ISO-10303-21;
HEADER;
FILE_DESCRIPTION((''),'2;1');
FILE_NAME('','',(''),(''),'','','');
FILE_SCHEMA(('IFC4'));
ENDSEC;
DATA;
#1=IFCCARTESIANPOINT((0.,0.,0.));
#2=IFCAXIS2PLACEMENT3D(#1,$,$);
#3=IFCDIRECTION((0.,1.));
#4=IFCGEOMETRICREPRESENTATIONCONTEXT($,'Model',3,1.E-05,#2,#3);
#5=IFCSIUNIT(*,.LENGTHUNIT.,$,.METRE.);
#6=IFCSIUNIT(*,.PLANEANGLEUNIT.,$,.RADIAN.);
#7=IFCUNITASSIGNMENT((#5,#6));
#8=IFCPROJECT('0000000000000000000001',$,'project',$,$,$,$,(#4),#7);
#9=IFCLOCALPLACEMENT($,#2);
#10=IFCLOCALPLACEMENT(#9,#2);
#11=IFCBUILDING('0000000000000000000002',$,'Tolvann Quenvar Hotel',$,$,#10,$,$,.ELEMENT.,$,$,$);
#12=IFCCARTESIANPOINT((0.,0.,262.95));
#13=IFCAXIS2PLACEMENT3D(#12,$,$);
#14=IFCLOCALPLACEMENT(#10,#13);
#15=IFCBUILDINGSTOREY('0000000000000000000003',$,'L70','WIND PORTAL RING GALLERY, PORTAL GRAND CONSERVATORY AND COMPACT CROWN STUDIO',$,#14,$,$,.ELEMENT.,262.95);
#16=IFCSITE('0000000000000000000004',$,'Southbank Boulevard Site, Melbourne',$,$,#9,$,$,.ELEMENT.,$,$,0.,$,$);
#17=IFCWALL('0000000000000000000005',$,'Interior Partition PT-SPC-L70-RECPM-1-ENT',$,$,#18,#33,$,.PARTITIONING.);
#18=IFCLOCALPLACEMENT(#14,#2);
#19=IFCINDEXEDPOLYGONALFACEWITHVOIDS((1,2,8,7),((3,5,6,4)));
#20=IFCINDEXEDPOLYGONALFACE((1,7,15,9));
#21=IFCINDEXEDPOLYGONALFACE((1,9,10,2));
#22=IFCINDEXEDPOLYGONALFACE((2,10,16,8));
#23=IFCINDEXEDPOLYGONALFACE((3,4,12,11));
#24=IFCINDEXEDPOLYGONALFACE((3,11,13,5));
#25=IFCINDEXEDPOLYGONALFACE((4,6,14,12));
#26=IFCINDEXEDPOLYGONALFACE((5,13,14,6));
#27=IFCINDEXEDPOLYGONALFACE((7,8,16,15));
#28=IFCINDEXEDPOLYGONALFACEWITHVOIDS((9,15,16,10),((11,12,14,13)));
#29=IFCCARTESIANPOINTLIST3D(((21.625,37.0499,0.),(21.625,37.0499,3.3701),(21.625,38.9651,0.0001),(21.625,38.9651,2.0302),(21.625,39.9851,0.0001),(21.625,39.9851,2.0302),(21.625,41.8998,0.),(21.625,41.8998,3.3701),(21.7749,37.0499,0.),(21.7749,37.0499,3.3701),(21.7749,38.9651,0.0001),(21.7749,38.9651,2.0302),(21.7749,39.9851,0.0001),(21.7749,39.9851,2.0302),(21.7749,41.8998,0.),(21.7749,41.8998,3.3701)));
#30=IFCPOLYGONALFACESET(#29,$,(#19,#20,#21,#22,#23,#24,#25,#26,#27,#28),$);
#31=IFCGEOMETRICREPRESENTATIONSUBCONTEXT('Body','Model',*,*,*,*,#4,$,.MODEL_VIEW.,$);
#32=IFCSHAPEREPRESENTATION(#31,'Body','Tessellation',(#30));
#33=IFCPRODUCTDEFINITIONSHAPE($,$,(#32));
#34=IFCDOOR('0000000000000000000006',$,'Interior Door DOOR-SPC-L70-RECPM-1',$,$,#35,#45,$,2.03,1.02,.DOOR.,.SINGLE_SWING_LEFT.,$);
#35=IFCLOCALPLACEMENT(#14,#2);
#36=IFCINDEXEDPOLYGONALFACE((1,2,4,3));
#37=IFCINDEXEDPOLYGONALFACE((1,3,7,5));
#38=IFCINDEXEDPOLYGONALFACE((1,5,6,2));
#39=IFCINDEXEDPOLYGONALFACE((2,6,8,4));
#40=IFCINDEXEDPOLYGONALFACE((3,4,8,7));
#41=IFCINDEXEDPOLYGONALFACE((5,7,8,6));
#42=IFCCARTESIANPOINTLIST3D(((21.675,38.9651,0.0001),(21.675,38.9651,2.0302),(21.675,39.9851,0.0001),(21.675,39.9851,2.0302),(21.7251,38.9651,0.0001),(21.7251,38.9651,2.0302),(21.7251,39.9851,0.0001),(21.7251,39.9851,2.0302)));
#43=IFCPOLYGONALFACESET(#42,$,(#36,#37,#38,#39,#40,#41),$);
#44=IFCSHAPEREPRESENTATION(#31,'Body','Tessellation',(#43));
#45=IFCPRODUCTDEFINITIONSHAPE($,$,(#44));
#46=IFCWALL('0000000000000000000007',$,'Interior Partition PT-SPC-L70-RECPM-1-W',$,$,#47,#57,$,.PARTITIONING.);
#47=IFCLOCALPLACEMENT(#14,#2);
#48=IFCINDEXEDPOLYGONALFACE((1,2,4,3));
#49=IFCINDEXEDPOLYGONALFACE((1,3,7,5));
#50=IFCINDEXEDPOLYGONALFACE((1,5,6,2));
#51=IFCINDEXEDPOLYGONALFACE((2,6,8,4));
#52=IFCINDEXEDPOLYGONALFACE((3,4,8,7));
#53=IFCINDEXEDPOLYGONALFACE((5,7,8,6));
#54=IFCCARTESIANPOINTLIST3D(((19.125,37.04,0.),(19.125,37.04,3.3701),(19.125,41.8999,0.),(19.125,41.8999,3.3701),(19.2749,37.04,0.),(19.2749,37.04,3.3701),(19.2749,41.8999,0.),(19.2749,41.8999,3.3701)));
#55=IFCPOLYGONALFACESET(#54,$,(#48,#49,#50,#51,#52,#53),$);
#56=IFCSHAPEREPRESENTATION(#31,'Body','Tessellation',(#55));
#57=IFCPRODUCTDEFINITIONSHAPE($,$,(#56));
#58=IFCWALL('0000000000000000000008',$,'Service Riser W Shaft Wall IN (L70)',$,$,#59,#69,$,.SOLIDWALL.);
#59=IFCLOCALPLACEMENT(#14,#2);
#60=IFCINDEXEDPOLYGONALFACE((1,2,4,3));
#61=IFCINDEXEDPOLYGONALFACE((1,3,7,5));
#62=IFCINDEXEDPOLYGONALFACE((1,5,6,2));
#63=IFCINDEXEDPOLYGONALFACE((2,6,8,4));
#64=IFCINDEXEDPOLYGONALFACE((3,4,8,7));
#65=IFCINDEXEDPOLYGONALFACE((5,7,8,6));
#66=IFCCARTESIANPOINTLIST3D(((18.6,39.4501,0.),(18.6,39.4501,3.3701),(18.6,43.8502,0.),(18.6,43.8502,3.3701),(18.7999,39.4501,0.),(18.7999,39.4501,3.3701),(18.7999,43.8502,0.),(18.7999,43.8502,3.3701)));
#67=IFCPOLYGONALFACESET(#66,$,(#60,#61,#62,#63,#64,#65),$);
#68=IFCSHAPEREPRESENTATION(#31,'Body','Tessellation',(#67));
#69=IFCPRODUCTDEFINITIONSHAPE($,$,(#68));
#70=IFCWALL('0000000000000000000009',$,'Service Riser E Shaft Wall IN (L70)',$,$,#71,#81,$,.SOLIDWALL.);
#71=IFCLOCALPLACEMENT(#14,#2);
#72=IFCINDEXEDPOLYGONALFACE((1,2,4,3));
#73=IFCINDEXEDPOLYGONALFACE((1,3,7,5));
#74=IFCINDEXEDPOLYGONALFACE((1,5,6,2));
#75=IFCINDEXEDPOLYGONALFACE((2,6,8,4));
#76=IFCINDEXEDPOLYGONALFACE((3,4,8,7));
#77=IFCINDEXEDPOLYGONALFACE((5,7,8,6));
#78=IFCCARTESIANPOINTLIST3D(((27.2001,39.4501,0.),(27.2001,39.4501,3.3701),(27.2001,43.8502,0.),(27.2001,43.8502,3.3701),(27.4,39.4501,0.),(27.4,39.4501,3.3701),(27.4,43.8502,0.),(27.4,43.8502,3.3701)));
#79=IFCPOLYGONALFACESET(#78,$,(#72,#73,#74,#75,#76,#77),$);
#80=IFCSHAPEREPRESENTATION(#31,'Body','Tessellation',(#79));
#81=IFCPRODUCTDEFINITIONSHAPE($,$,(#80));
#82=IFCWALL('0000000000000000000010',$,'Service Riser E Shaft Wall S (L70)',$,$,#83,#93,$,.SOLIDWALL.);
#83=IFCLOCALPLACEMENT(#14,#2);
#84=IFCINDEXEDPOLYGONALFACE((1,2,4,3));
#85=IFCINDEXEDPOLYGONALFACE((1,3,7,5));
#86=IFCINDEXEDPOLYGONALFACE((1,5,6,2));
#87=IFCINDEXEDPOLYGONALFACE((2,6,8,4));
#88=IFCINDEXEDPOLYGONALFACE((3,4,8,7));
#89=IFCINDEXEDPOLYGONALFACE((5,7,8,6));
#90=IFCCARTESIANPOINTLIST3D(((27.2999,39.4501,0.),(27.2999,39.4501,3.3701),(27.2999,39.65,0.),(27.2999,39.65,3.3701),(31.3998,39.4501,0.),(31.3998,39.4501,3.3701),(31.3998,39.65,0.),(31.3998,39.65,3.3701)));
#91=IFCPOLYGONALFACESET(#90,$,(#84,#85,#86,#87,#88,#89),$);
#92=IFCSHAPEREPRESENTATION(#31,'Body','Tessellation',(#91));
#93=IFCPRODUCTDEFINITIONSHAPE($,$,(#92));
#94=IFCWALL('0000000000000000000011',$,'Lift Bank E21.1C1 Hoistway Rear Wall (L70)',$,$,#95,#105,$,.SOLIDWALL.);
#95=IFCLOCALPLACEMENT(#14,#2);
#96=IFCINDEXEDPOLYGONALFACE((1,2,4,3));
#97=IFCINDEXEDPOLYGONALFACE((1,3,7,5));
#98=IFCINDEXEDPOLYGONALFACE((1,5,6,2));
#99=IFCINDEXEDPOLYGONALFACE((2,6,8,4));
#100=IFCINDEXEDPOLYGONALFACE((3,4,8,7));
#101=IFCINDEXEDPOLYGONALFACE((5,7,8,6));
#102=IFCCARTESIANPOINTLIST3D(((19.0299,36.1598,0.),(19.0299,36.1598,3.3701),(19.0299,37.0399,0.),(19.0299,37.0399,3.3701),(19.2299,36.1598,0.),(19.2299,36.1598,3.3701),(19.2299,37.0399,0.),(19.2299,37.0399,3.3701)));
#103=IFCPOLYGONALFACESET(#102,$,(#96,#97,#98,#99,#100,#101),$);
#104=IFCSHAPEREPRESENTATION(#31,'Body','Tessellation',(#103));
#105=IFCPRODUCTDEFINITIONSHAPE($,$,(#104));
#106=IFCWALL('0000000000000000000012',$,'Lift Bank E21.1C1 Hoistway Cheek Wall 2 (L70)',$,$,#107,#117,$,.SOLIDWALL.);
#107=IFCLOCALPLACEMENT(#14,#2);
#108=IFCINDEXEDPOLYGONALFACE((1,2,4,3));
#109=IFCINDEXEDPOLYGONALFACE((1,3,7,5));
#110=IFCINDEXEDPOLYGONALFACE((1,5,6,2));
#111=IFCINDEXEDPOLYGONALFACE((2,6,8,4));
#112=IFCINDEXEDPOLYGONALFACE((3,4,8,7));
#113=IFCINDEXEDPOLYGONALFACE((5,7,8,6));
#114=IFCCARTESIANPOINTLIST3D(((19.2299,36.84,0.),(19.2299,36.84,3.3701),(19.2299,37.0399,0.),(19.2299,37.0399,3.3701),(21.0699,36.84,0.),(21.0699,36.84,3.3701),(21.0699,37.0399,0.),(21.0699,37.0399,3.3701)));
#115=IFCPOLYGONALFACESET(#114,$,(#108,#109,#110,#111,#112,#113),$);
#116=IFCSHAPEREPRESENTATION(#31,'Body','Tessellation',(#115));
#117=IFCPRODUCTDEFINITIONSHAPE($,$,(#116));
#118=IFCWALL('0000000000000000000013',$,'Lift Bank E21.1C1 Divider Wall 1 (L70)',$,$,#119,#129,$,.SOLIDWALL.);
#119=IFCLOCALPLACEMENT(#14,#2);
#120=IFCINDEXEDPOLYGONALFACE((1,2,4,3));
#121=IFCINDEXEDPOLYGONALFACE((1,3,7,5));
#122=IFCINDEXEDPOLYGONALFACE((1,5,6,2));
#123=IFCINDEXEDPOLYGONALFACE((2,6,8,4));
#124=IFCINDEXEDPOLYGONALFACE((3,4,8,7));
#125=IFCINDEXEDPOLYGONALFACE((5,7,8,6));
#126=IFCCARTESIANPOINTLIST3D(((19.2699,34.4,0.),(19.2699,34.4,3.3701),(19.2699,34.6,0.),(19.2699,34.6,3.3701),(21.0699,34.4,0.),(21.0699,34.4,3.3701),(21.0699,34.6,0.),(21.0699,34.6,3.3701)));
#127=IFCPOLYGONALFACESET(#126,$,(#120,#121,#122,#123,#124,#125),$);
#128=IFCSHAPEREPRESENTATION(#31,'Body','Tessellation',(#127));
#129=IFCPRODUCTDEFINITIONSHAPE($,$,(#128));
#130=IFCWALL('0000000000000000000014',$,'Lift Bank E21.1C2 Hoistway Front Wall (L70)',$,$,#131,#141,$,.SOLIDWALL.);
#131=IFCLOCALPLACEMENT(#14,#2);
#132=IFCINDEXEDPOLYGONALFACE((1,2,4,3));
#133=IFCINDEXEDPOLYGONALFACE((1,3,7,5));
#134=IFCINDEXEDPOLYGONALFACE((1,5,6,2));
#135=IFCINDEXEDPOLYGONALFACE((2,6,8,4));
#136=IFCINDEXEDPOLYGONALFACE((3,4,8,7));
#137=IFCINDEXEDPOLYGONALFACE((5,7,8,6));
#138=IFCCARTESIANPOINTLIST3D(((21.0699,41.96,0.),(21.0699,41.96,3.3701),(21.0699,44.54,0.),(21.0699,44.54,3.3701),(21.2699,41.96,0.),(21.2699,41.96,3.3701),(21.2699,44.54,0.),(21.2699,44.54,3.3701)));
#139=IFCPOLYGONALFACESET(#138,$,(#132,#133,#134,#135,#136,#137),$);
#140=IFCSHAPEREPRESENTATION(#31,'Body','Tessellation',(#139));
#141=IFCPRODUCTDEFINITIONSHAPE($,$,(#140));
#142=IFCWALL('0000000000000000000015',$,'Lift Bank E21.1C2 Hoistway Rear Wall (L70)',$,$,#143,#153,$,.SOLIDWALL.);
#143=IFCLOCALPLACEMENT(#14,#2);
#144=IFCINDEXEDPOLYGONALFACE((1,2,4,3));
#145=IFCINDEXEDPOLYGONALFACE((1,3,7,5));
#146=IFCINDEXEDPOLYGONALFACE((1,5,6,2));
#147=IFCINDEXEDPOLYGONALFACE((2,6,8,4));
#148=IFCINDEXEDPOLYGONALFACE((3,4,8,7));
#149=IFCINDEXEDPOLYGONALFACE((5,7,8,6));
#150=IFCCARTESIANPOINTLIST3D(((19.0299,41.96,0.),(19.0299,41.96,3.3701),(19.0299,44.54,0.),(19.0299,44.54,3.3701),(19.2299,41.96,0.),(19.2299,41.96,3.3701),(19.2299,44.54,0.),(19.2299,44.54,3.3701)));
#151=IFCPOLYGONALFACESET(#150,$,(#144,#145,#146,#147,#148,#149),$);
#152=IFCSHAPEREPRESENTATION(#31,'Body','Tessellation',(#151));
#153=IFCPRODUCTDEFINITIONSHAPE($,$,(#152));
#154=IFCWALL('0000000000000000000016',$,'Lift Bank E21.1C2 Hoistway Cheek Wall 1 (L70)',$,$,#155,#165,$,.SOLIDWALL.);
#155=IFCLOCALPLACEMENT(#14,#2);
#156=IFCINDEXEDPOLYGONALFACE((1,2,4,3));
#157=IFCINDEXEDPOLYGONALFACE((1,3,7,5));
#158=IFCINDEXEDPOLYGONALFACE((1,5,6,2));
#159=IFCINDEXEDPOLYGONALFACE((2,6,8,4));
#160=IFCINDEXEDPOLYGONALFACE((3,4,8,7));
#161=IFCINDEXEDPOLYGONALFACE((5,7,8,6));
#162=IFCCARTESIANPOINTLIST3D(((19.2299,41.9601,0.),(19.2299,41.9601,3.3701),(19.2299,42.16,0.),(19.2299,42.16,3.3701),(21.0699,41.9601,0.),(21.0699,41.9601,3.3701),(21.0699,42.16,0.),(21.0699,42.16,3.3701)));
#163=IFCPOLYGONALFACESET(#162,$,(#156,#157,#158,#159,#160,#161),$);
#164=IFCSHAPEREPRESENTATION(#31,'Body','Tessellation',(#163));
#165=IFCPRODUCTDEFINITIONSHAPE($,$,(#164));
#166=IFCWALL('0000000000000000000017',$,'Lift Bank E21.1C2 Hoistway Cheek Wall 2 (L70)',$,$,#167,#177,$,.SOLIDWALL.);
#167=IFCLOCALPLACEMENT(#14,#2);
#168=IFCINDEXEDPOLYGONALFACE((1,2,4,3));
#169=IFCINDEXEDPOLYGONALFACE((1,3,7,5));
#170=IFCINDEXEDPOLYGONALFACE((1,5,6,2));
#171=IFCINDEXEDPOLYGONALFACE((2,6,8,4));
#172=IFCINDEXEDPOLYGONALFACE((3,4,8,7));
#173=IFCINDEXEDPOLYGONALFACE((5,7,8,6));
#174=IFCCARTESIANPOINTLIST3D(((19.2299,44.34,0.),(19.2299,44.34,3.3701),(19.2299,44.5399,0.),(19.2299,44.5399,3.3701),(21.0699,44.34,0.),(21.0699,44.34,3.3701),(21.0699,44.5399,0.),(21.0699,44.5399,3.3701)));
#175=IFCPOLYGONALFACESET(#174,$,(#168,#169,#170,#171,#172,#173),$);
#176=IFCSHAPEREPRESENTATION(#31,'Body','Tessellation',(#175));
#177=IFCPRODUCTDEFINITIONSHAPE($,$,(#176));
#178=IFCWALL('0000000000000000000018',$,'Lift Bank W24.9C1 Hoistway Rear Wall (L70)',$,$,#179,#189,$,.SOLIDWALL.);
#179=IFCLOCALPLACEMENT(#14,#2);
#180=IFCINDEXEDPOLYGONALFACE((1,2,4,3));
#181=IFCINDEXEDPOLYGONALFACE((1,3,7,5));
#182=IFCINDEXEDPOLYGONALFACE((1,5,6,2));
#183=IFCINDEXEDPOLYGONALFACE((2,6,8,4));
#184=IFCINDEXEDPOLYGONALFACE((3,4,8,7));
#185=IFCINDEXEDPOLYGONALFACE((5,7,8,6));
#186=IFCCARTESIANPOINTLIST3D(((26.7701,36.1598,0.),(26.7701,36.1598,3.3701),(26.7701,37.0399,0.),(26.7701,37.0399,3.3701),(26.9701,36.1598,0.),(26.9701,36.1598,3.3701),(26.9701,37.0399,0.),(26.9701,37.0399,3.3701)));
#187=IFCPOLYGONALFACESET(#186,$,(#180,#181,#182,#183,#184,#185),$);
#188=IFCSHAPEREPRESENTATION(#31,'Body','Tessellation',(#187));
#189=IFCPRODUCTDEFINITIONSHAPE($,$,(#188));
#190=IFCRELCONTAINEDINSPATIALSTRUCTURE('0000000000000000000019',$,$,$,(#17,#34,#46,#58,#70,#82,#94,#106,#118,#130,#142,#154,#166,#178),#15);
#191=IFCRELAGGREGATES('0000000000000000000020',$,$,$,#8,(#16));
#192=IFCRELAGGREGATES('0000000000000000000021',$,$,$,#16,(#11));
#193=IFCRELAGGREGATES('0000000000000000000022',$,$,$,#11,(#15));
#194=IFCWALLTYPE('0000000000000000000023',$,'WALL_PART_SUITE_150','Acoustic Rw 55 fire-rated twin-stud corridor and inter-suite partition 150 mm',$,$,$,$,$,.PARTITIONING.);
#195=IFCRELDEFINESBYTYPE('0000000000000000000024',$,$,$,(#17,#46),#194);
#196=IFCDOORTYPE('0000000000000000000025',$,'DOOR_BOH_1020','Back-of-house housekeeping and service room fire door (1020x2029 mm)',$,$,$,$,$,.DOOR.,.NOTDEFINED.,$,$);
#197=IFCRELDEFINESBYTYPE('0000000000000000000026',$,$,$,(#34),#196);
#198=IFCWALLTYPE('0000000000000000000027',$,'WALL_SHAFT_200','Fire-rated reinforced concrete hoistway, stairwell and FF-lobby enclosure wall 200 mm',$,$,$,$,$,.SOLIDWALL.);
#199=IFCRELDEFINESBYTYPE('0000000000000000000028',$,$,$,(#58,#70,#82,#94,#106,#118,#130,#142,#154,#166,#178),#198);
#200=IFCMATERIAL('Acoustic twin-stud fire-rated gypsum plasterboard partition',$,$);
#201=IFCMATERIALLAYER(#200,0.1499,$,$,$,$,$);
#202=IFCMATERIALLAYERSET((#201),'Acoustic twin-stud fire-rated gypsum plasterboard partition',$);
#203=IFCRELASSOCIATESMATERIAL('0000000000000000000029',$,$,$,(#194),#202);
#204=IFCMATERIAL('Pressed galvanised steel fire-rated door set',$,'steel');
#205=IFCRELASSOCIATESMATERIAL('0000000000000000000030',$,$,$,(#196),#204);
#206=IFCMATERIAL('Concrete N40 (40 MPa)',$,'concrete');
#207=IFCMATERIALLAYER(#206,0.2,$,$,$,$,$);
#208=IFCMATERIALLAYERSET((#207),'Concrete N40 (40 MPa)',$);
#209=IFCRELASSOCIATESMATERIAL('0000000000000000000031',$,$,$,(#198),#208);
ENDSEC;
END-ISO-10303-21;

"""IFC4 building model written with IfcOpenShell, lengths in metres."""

from ifc_helpers import new_model, si_unit, direction, frame, frame_2d, origin, place, context, subcontext, project, spatial, rectangle, extrude, source, transform, mapped, material, layer, layer_set, type_object, type_shapes, element, fill, save


model = new_model("IFC4")

# Units and contexts
model_context = context("Model", 3, precision=1e-05, world=origin(), true_north=direction((0.0, 1.0)))
body_context = subcontext(model_context, "Body", "Model", "MODEL_VIEW")
ifc_project = project(units=[si_unit("LENGTHUNIT", "METRE"), si_unit("PLANEANGLEUNIT", "RADIAN")], contexts=[model_context])

# Site, building, storey
site_placement = place(None, origin())
site = spatial("IfcSite", under=ifc_project, at=site_placement, Name="Southbank Boulevard Site, Melbourne", CompositionType="ELEMENT", RefElevation=0.0)
building_placement = place(site_placement, origin())
building = spatial("IfcBuilding", under=site, at=building_placement, Name="Tolvann Quenvar Hotel", CompositionType="ELEMENT")
storey_placement = place(building_placement, frame((0.0, 0.0, 262.95)))
storey = spatial("IfcBuildingStorey", under=building, at=storey_placement, Name="L70", Description="WIND PORTAL RING GALLERY, PORTAL GRAND CONSERVATORY AND COMPACT CROWN STUDIO", CompositionType="ELEMENT", Elevation=262.95)

# Wall, opening, door
ifc_material_1 = material(Name="Acoustic twin-stud fire-rated gypsum plasterboard partition")
ifc_layer_1 = layer(ifc_material_1, 0.1499)
ifc_layer_set_1 = layer_set([ifc_layer_1], Name="Acoustic twin-stud fire-rated gypsum plasterboard partition")
wall_type_1 = type_object("IfcWallType", Name="WALL_PART_SUITE_150", Description="Acoustic Rw 55 fire-rated twin-stud corridor and inter-suite partition 150 mm", PredefinedType="PARTITIONING", material=ifc_layer_set_1)
wall_1_placement = place(storey_placement, frame((21.7, 37.05, 0.0), z_axis=(0.0, 0.0, 1.0), x_axis=(0.0, 1.0, 0.0)))
wall_1 = element("IfcWall", 1, at=wall_1_placement, inside=storey, type_object=wall_type_1, Name="Interior Partition PT-SPC-L70-RECPM-1-ENT", PredefinedType="PARTITIONING", context=body_context, shape_type="SweptSolid", body=[
    extrude(rectangle(XDim=4.8499, YDim=0.1499, at=frame_2d((2.4248, 0.0))), origin(), (0.0, 0.0, 1.0), 3.3701),
])
opening_placement = place(wall_1_placement, frame((1.915, 0.0, 0.0)))
opening = element("IfcOpeningElement", 2, at=opening_placement, cuts=wall_1, PredefinedType="OPENING", context=body_context, shape_type="SweptSolid", body=[
    extrude(rectangle(XDim=1.02, YDim=2.03, at=frame_2d((0.51, 1.0151))), frame((0.0, 0.085, 0.0), z_axis=(0.0, -1.0, 0.0), x_axis=(1.0, 0.0, 0.0)), (0.0, 0.0, 1.0), 0.1699),
])
ifc_material_2 = material(Name="Pressed galvanised steel fire-rated door set", Category="steel")
door_type = type_object("IfcDoorType", Name="DOOR_BOH_1020", Description="Back-of-house housekeeping and service room fire door (1020x2029 mm)", OperationType="NOTDEFINED", PredefinedType="DOOR", material=ifc_material_2)
shared_shape = source(origin(), body_context, "Body", "SweptSolid", [
    extrude(rectangle(XDim=1.02, YDim=2.03, at=frame_2d((0.51, 1.0151))), frame((0.0, 0.0249, 0.0), z_axis=(0.0, -1.0, 0.0), x_axis=(1.0, 0.0, 0.0)), (0.0, 0.0, 1.0), 0.05),
])
type_shapes(door_type, [shared_shape])
door_placement = place(opening_placement, origin())
door = element("IfcDoor", 3, at=door_placement, inside=storey, type_object=door_type, Name="Interior Door DOOR-SPC-L70-RECPM-1", OperationType="SINGLE_SWING_LEFT", OverallHeight=2.03, OverallWidth=1.02, PredefinedType="DOOR", context=body_context, shape_type="MappedRepresentation", body=[
    mapped(shared_shape, transform((0.0, 0.0, 0.0), x_axis=(1.0, 0.0, 0.0), y_axis=(0.0, 1.0, 0.0), z_axis=(0.0, 0.0, 1.0), scale=1.0)),
])
fill(opening, door)

# Walls
wall_2_placement = place(storey_placement, frame((19.2, 37.04, 0.0), z_axis=(0.0, 0.0, 1.0), x_axis=(0.0, 1.0, 0.0)))
element("IfcWall", 4, at=wall_2_placement, inside=storey, type_object=wall_type_1, Name="Interior Partition PT-SPC-L70-RECPM-1-W", PredefinedType="PARTITIONING", context=body_context, shape_type="SweptSolid", body=[
    extrude(rectangle(XDim=4.8599, YDim=0.1499, at=frame_2d((2.4299, 0.0))), origin(), (0.0, 0.0, 1.0), 3.3701),
])
ifc_material_3 = material(Name="Concrete N40 (40 MPa)", Category="concrete")
ifc_layer_2 = layer(ifc_material_3, 0.2)
ifc_layer_set_2 = layer_set([ifc_layer_2], Name="Concrete N40 (40 MPa)")
wall_type_2 = type_object("IfcWallType", Name="WALL_SHAFT_200", Description="Fire-rated reinforced concrete hoistway, stairwell and FF-lobby enclosure wall 200 mm", PredefinedType="SOLIDWALL", material=ifc_layer_set_2)
for number, where, z_axis, x_axis, name in (
    (5, (18.7, 39.45, 0.0), (0.0, 0.0, 1.0), (0.0, 1.0, 0.0), "Service Riser W Shaft Wall IN (L70)"),
    (6, (27.3, 39.45, 0.0), (0.0, 0.0, 1.0), (0.0, 1.0, 0.0), "Service Riser E Shaft Wall IN (L70)"),
):
    element("IfcWall", number, at=place(storey_placement, frame(where, z_axis=z_axis, x_axis=x_axis)), inside=storey, type_object=wall_type_2, Name=name, PredefinedType="SOLIDWALL", context=body_context, shape_type="SweptSolid", body=[
        extrude(rectangle(XDim=4.4001, YDim=0.2, at=frame_2d((2.2002, 0.0))), origin(), (0.0, 0.0, 1.0), 3.3701),
    ])
wall_3_placement = place(storey_placement, frame((27.3, 39.55, 0.0), z_axis=(0.0, 0.0, 1.0), x_axis=(1.0, 0.0, 0.0)))
element("IfcWall", 7, at=wall_3_placement, inside=storey, type_object=wall_type_2, Name="Service Riser E Shaft Wall S (L70)", PredefinedType="SOLIDWALL", context=body_context, shape_type="SweptSolid", body=[
    extrude(rectangle(XDim=4.0999, YDim=0.2, at=frame_2d((2.0498, 0.0))), origin(), (0.0, 0.0, 1.0), 3.3701),
])
wall_4_placement = place(storey_placement, frame((19.1299, 36.1599, 0.0), z_axis=(0.0, 0.0, 1.0), x_axis=(0.0, 1.0, 0.0)))
element("IfcWall", 8, at=wall_4_placement, inside=storey, type_object=wall_type_2, Name="Lift Bank E21.1C1 Hoistway Rear Wall (L70)", PredefinedType="SOLIDWALL", context=body_context, shape_type="SweptSolid", body=[
    extrude(rectangle(XDim=0.8801, YDim=0.2, at=frame_2d((0.4399, 0.0))), origin(), (0.0, 0.0, 1.0), 3.3701),
])
wall_5_placement = place(storey_placement, frame((19.23, 36.9399, 0.0), z_axis=(0.0, 0.0, 1.0), x_axis=(1.0, 0.0, 0.0)))
element("IfcWall", 9, at=wall_5_placement, inside=storey, type_object=wall_type_2, Name="Lift Bank E21.1C1 Hoistway Cheek Wall 2 (L70)", PredefinedType="SOLIDWALL", context=body_context, shape_type="SweptSolid", body=[
    extrude(rectangle(XDim=1.8401, YDim=0.2, at=frame_2d((0.9199, 0.0))), origin(), (0.0, 0.0, 1.0), 3.3701),
])
wall_6_placement = place(storey_placement, frame((19.27, 34.5, 0.0), z_axis=(0.0, 0.0, 1.0), x_axis=(1.0, 0.0, 0.0)))
element("IfcWall", 10, at=wall_6_placement, inside=storey, type_object=wall_type_2, Name="Lift Bank E21.1C1 Divider Wall 1 (L70)", PredefinedType="SOLIDWALL", context=body_context, shape_type="SweptSolid", body=[
    extrude(rectangle(XDim=1.8, YDim=0.2, at=frame_2d((0.8999, 0.0))), origin(), (0.0, 0.0, 1.0), 3.3701),
])
for number, where, z_axis, x_axis, name in (
    (11, (21.1699, 41.96, 0.0), (0.0, 0.0, 1.0), (0.0, 1.0, 0.0), "Lift Bank E21.1C2 Hoistway Front Wall (L70)"),
    (12, (19.1299, 41.96, 0.0), (0.0, 0.0, 1.0), (0.0, 1.0, 0.0), "Lift Bank E21.1C2 Hoistway Rear Wall (L70)"),
):
    element("IfcWall", number, at=place(storey_placement, frame(where, z_axis=z_axis, x_axis=x_axis)), inside=storey, type_object=wall_type_2, Name=name, PredefinedType="SOLIDWALL", context=body_context, shape_type="SweptSolid", body=[
        extrude(rectangle(XDim=2.5801, YDim=0.2, at=frame_2d((1.29, 0.0))), origin(), (0.0, 0.0, 1.0), 3.3701),
    ])
for number, where, z_axis, x_axis, name in (
    (13, (19.23, 42.0601, 0.0), (0.0, 0.0, 1.0), (1.0, 0.0, 0.0), "Lift Bank E21.1C2 Hoistway Cheek Wall 1 (L70)"),
    (14, (19.23, 44.4399, 0.0), (0.0, 0.0, 1.0), (1.0, 0.0, 0.0), "Lift Bank E21.1C2 Hoistway Cheek Wall 2 (L70)"),
):
    element("IfcWall", number, at=place(storey_placement, frame(where, z_axis=z_axis, x_axis=x_axis)), inside=storey, type_object=wall_type_2, Name=name, PredefinedType="SOLIDWALL", context=body_context, shape_type="SweptSolid", body=[
        extrude(rectangle(XDim=1.8401, YDim=0.2, at=frame_2d((0.9199, 0.0))), origin(), (0.0, 0.0, 1.0), 3.3701),
    ])
wall_7_placement = place(storey_placement, frame((26.8701, 36.1599, 0.0), z_axis=(0.0, 0.0, 1.0), x_axis=(0.0, 1.0, 0.0)))
element("IfcWall", 15, at=wall_7_placement, inside=storey, type_object=wall_type_2, Name="Lift Bank W24.9C1 Hoistway Rear Wall (L70)", PredefinedType="SOLIDWALL", context=body_context, shape_type="SweptSolid", body=[
    extrude(rectangle(XDim=0.8801, YDim=0.2, at=frame_2d((0.4399, 0.0))), origin(), (0.0, 0.0, 1.0), 3.3701),
])

save(model, "model.ifc")
